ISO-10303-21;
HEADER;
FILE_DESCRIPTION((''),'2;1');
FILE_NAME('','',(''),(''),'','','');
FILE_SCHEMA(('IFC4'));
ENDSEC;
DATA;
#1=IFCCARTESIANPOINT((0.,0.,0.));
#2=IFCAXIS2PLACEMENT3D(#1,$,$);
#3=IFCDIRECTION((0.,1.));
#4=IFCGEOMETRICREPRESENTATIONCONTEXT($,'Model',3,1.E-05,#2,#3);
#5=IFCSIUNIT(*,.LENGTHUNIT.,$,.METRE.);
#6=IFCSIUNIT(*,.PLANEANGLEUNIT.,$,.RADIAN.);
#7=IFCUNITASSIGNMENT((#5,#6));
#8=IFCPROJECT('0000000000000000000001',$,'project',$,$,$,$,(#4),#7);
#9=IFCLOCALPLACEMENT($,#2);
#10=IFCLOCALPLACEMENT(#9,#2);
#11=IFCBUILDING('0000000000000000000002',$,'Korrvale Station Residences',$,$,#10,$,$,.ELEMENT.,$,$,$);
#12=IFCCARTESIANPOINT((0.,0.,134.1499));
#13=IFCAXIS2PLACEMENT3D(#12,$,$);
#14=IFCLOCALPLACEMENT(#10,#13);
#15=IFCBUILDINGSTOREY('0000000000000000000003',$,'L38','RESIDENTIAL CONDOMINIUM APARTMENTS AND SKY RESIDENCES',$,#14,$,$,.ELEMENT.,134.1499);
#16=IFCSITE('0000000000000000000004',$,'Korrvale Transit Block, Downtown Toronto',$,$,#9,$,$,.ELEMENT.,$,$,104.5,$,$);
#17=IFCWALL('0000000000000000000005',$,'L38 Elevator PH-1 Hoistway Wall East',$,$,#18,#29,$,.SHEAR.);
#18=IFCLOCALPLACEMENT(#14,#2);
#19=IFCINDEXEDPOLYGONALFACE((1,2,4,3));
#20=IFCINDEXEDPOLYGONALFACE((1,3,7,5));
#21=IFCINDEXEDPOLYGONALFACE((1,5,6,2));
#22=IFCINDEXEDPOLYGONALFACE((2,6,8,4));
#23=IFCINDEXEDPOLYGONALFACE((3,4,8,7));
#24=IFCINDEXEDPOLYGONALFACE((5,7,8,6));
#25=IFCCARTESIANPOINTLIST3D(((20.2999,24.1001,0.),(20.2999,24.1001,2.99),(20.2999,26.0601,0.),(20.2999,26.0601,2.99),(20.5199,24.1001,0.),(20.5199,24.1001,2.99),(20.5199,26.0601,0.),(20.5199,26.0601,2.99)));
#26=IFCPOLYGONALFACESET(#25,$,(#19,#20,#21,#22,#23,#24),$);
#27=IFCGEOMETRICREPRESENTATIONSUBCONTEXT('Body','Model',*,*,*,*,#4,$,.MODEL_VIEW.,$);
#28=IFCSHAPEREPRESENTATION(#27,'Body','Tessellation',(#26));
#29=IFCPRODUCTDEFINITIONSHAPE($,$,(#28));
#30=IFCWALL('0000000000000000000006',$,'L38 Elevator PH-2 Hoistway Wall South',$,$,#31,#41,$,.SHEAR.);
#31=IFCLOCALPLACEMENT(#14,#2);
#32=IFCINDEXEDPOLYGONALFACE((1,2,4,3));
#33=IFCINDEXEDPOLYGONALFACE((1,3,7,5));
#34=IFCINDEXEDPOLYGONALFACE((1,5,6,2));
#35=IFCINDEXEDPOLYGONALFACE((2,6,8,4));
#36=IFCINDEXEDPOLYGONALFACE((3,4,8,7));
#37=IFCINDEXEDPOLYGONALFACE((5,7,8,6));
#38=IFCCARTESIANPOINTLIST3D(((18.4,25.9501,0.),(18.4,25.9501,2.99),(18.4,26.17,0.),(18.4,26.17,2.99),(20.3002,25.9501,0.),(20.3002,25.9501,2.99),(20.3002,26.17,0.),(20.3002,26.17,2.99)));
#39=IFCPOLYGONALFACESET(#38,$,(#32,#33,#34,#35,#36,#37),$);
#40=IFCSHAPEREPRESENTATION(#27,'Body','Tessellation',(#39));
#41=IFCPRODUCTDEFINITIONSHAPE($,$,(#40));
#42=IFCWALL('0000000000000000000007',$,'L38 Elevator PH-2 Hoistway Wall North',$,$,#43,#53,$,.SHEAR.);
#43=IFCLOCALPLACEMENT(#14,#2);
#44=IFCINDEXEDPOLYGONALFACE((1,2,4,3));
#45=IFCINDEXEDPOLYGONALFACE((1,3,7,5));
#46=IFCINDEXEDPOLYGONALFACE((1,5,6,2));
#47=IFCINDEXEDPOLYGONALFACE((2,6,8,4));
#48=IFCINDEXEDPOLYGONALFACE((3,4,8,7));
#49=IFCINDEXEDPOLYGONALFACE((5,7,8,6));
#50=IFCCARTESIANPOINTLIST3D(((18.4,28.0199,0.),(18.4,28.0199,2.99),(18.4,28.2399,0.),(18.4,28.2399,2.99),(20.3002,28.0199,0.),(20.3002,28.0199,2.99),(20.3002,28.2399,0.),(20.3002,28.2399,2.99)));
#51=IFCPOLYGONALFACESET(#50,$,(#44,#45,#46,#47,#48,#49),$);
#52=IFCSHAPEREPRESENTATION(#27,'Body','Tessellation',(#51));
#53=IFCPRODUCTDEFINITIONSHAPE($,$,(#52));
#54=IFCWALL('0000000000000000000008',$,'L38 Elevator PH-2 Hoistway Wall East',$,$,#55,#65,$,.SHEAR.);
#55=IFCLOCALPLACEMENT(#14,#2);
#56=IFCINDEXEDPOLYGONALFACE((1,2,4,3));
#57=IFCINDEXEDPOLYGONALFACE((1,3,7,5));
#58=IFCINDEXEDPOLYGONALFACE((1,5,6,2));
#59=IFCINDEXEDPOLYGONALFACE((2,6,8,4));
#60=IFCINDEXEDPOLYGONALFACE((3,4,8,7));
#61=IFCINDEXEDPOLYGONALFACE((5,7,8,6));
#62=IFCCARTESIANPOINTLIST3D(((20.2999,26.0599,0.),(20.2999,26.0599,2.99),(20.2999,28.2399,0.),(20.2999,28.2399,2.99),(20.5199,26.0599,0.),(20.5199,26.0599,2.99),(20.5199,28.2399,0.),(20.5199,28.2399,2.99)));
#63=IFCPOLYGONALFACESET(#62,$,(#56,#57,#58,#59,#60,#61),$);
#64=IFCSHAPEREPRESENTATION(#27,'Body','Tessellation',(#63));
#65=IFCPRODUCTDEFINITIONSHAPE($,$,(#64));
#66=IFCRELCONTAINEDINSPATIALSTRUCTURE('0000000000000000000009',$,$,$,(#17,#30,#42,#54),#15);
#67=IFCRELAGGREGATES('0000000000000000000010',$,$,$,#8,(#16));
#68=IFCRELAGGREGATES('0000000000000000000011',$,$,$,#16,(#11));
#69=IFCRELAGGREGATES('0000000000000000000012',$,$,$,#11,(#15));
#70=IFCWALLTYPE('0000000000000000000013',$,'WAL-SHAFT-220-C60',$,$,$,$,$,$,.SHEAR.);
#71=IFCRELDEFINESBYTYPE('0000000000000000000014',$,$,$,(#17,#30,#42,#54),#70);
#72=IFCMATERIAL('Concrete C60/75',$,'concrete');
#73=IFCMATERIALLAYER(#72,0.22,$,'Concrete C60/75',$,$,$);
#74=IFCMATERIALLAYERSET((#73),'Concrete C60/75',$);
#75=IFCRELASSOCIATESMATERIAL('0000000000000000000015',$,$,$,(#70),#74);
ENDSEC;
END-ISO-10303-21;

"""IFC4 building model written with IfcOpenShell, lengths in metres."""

from ifc_helpers import new_model, si_unit, direction, frame, frame_2d, origin, place, context, subcontext, project, spatial, rectangle, extrude, material, layer, layer_set, type_object, element, save


model = new_model("IFC4")

# Units and contexts
model_context = context("Model", 3, precision=1e-05, world=origin(), true_north=direction((0.0, 1.0)))
body_context = subcontext(model_context, "Body", "Model", "MODEL_VIEW")
ifc_project = project(units=[si_unit("LENGTHUNIT", "METRE"), si_unit("PLANEANGLEUNIT", "RADIAN")], contexts=[model_context])

# Site, building, storey
site_placement = place(None, origin())
site = spatial("IfcSite", under=ifc_project, at=site_placement, Name="Korrvale Transit Block, Downtown Toronto", CompositionType="ELEMENT", RefElevation=104.5)
building_placement = place(site_placement, origin())
building = spatial("IfcBuilding", under=site, at=building_placement, Name="Korrvale Station Residences", CompositionType="ELEMENT")
storey_placement = place(building_placement, frame((0.0, 0.0, 134.1499)))
storey = spatial("IfcBuildingStorey", under=building, at=storey_placement, Name="L38", Description="RESIDENTIAL CONDOMINIUM APARTMENTS AND SKY RESIDENCES", CompositionType="ELEMENT", Elevation=134.1499)

# Shared definitions
ifc_material_1 = material(Name="Concrete C60/75", Category="concrete")

# Shared definitions
ifc_layer_1 = layer(ifc_material_1, 0.22, Name="Concrete C60/75")
ifc_layer_set_1 = layer_set([ifc_layer_1], Name="Concrete C60/75")
wall_type_1 = type_object("IfcWallType", Name="WAL-SHAFT-220-C60", PredefinedType="SHEAR", material=ifc_layer_set_1)

# Walls
wall_1_placement = place(storey_placement, frame((20.4099, 24.1001, 0.0), z_axis=(0.0, 0.0, 1.0), x_axis=(0.0, 1.0, 0.0)))
element("IfcWall", 1, at=wall_1_placement, inside=storey, type_object=wall_type_1, Name="L38 Elevator PH-1 Hoistway Wall East", PredefinedType="SHEAR", context=body_context, shape_type="SweptSolid", body=[
    extrude(rectangle(XDim=1.96, YDim=0.22, at=frame_2d((0.98, 0.0))), origin(), (0.0, 0.0, 1.0), 2.99),
])
for number, where, z_axis, x_axis, name in (
    (2, (18.3999, 26.0601, 0.0), (0.0, 0.0, 1.0), (1.0, 0.0, 0.0), "L38 Elevator PH-2 Hoistway Wall South"),
    (3, (18.3999, 28.1299, 0.0), (0.0, 0.0, 1.0), (1.0, 0.0, 0.0), "L38 Elevator PH-2 Hoistway Wall North"),
):
    element("IfcWall", number, at=place(storey_placement, frame(where, z_axis=z_axis, x_axis=x_axis)), inside=storey, type_object=wall_type_1, Name=name, PredefinedType="SHEAR", context=body_context, shape_type="SweptSolid", body=[
        extrude(rectangle(XDim=1.9001, YDim=0.22, at=frame_2d((0.9502, 0.0))), origin(), (0.0, 0.0, 1.0), 2.99),
    ])
wall_2_placement = place(storey_placement, frame((20.4099, 26.0601, 0.0), z_axis=(0.0, 0.0, 1.0), x_axis=(0.0, 1.0, 0.0)))
element("IfcWall", 4, at=wall_2_placement, inside=storey, type_object=wall_type_1, Name="L38 Elevator PH-2 Hoistway Wall East", PredefinedType="SHEAR", context=body_context, shape_type="SweptSolid", body=[
    extrude(rectangle(XDim=2.1799, YDim=0.22, at=frame_2d((1.0898, 0.0))), origin(), (0.0, 0.0, 1.0), 2.99),
])

save(model, "model.ifc")
